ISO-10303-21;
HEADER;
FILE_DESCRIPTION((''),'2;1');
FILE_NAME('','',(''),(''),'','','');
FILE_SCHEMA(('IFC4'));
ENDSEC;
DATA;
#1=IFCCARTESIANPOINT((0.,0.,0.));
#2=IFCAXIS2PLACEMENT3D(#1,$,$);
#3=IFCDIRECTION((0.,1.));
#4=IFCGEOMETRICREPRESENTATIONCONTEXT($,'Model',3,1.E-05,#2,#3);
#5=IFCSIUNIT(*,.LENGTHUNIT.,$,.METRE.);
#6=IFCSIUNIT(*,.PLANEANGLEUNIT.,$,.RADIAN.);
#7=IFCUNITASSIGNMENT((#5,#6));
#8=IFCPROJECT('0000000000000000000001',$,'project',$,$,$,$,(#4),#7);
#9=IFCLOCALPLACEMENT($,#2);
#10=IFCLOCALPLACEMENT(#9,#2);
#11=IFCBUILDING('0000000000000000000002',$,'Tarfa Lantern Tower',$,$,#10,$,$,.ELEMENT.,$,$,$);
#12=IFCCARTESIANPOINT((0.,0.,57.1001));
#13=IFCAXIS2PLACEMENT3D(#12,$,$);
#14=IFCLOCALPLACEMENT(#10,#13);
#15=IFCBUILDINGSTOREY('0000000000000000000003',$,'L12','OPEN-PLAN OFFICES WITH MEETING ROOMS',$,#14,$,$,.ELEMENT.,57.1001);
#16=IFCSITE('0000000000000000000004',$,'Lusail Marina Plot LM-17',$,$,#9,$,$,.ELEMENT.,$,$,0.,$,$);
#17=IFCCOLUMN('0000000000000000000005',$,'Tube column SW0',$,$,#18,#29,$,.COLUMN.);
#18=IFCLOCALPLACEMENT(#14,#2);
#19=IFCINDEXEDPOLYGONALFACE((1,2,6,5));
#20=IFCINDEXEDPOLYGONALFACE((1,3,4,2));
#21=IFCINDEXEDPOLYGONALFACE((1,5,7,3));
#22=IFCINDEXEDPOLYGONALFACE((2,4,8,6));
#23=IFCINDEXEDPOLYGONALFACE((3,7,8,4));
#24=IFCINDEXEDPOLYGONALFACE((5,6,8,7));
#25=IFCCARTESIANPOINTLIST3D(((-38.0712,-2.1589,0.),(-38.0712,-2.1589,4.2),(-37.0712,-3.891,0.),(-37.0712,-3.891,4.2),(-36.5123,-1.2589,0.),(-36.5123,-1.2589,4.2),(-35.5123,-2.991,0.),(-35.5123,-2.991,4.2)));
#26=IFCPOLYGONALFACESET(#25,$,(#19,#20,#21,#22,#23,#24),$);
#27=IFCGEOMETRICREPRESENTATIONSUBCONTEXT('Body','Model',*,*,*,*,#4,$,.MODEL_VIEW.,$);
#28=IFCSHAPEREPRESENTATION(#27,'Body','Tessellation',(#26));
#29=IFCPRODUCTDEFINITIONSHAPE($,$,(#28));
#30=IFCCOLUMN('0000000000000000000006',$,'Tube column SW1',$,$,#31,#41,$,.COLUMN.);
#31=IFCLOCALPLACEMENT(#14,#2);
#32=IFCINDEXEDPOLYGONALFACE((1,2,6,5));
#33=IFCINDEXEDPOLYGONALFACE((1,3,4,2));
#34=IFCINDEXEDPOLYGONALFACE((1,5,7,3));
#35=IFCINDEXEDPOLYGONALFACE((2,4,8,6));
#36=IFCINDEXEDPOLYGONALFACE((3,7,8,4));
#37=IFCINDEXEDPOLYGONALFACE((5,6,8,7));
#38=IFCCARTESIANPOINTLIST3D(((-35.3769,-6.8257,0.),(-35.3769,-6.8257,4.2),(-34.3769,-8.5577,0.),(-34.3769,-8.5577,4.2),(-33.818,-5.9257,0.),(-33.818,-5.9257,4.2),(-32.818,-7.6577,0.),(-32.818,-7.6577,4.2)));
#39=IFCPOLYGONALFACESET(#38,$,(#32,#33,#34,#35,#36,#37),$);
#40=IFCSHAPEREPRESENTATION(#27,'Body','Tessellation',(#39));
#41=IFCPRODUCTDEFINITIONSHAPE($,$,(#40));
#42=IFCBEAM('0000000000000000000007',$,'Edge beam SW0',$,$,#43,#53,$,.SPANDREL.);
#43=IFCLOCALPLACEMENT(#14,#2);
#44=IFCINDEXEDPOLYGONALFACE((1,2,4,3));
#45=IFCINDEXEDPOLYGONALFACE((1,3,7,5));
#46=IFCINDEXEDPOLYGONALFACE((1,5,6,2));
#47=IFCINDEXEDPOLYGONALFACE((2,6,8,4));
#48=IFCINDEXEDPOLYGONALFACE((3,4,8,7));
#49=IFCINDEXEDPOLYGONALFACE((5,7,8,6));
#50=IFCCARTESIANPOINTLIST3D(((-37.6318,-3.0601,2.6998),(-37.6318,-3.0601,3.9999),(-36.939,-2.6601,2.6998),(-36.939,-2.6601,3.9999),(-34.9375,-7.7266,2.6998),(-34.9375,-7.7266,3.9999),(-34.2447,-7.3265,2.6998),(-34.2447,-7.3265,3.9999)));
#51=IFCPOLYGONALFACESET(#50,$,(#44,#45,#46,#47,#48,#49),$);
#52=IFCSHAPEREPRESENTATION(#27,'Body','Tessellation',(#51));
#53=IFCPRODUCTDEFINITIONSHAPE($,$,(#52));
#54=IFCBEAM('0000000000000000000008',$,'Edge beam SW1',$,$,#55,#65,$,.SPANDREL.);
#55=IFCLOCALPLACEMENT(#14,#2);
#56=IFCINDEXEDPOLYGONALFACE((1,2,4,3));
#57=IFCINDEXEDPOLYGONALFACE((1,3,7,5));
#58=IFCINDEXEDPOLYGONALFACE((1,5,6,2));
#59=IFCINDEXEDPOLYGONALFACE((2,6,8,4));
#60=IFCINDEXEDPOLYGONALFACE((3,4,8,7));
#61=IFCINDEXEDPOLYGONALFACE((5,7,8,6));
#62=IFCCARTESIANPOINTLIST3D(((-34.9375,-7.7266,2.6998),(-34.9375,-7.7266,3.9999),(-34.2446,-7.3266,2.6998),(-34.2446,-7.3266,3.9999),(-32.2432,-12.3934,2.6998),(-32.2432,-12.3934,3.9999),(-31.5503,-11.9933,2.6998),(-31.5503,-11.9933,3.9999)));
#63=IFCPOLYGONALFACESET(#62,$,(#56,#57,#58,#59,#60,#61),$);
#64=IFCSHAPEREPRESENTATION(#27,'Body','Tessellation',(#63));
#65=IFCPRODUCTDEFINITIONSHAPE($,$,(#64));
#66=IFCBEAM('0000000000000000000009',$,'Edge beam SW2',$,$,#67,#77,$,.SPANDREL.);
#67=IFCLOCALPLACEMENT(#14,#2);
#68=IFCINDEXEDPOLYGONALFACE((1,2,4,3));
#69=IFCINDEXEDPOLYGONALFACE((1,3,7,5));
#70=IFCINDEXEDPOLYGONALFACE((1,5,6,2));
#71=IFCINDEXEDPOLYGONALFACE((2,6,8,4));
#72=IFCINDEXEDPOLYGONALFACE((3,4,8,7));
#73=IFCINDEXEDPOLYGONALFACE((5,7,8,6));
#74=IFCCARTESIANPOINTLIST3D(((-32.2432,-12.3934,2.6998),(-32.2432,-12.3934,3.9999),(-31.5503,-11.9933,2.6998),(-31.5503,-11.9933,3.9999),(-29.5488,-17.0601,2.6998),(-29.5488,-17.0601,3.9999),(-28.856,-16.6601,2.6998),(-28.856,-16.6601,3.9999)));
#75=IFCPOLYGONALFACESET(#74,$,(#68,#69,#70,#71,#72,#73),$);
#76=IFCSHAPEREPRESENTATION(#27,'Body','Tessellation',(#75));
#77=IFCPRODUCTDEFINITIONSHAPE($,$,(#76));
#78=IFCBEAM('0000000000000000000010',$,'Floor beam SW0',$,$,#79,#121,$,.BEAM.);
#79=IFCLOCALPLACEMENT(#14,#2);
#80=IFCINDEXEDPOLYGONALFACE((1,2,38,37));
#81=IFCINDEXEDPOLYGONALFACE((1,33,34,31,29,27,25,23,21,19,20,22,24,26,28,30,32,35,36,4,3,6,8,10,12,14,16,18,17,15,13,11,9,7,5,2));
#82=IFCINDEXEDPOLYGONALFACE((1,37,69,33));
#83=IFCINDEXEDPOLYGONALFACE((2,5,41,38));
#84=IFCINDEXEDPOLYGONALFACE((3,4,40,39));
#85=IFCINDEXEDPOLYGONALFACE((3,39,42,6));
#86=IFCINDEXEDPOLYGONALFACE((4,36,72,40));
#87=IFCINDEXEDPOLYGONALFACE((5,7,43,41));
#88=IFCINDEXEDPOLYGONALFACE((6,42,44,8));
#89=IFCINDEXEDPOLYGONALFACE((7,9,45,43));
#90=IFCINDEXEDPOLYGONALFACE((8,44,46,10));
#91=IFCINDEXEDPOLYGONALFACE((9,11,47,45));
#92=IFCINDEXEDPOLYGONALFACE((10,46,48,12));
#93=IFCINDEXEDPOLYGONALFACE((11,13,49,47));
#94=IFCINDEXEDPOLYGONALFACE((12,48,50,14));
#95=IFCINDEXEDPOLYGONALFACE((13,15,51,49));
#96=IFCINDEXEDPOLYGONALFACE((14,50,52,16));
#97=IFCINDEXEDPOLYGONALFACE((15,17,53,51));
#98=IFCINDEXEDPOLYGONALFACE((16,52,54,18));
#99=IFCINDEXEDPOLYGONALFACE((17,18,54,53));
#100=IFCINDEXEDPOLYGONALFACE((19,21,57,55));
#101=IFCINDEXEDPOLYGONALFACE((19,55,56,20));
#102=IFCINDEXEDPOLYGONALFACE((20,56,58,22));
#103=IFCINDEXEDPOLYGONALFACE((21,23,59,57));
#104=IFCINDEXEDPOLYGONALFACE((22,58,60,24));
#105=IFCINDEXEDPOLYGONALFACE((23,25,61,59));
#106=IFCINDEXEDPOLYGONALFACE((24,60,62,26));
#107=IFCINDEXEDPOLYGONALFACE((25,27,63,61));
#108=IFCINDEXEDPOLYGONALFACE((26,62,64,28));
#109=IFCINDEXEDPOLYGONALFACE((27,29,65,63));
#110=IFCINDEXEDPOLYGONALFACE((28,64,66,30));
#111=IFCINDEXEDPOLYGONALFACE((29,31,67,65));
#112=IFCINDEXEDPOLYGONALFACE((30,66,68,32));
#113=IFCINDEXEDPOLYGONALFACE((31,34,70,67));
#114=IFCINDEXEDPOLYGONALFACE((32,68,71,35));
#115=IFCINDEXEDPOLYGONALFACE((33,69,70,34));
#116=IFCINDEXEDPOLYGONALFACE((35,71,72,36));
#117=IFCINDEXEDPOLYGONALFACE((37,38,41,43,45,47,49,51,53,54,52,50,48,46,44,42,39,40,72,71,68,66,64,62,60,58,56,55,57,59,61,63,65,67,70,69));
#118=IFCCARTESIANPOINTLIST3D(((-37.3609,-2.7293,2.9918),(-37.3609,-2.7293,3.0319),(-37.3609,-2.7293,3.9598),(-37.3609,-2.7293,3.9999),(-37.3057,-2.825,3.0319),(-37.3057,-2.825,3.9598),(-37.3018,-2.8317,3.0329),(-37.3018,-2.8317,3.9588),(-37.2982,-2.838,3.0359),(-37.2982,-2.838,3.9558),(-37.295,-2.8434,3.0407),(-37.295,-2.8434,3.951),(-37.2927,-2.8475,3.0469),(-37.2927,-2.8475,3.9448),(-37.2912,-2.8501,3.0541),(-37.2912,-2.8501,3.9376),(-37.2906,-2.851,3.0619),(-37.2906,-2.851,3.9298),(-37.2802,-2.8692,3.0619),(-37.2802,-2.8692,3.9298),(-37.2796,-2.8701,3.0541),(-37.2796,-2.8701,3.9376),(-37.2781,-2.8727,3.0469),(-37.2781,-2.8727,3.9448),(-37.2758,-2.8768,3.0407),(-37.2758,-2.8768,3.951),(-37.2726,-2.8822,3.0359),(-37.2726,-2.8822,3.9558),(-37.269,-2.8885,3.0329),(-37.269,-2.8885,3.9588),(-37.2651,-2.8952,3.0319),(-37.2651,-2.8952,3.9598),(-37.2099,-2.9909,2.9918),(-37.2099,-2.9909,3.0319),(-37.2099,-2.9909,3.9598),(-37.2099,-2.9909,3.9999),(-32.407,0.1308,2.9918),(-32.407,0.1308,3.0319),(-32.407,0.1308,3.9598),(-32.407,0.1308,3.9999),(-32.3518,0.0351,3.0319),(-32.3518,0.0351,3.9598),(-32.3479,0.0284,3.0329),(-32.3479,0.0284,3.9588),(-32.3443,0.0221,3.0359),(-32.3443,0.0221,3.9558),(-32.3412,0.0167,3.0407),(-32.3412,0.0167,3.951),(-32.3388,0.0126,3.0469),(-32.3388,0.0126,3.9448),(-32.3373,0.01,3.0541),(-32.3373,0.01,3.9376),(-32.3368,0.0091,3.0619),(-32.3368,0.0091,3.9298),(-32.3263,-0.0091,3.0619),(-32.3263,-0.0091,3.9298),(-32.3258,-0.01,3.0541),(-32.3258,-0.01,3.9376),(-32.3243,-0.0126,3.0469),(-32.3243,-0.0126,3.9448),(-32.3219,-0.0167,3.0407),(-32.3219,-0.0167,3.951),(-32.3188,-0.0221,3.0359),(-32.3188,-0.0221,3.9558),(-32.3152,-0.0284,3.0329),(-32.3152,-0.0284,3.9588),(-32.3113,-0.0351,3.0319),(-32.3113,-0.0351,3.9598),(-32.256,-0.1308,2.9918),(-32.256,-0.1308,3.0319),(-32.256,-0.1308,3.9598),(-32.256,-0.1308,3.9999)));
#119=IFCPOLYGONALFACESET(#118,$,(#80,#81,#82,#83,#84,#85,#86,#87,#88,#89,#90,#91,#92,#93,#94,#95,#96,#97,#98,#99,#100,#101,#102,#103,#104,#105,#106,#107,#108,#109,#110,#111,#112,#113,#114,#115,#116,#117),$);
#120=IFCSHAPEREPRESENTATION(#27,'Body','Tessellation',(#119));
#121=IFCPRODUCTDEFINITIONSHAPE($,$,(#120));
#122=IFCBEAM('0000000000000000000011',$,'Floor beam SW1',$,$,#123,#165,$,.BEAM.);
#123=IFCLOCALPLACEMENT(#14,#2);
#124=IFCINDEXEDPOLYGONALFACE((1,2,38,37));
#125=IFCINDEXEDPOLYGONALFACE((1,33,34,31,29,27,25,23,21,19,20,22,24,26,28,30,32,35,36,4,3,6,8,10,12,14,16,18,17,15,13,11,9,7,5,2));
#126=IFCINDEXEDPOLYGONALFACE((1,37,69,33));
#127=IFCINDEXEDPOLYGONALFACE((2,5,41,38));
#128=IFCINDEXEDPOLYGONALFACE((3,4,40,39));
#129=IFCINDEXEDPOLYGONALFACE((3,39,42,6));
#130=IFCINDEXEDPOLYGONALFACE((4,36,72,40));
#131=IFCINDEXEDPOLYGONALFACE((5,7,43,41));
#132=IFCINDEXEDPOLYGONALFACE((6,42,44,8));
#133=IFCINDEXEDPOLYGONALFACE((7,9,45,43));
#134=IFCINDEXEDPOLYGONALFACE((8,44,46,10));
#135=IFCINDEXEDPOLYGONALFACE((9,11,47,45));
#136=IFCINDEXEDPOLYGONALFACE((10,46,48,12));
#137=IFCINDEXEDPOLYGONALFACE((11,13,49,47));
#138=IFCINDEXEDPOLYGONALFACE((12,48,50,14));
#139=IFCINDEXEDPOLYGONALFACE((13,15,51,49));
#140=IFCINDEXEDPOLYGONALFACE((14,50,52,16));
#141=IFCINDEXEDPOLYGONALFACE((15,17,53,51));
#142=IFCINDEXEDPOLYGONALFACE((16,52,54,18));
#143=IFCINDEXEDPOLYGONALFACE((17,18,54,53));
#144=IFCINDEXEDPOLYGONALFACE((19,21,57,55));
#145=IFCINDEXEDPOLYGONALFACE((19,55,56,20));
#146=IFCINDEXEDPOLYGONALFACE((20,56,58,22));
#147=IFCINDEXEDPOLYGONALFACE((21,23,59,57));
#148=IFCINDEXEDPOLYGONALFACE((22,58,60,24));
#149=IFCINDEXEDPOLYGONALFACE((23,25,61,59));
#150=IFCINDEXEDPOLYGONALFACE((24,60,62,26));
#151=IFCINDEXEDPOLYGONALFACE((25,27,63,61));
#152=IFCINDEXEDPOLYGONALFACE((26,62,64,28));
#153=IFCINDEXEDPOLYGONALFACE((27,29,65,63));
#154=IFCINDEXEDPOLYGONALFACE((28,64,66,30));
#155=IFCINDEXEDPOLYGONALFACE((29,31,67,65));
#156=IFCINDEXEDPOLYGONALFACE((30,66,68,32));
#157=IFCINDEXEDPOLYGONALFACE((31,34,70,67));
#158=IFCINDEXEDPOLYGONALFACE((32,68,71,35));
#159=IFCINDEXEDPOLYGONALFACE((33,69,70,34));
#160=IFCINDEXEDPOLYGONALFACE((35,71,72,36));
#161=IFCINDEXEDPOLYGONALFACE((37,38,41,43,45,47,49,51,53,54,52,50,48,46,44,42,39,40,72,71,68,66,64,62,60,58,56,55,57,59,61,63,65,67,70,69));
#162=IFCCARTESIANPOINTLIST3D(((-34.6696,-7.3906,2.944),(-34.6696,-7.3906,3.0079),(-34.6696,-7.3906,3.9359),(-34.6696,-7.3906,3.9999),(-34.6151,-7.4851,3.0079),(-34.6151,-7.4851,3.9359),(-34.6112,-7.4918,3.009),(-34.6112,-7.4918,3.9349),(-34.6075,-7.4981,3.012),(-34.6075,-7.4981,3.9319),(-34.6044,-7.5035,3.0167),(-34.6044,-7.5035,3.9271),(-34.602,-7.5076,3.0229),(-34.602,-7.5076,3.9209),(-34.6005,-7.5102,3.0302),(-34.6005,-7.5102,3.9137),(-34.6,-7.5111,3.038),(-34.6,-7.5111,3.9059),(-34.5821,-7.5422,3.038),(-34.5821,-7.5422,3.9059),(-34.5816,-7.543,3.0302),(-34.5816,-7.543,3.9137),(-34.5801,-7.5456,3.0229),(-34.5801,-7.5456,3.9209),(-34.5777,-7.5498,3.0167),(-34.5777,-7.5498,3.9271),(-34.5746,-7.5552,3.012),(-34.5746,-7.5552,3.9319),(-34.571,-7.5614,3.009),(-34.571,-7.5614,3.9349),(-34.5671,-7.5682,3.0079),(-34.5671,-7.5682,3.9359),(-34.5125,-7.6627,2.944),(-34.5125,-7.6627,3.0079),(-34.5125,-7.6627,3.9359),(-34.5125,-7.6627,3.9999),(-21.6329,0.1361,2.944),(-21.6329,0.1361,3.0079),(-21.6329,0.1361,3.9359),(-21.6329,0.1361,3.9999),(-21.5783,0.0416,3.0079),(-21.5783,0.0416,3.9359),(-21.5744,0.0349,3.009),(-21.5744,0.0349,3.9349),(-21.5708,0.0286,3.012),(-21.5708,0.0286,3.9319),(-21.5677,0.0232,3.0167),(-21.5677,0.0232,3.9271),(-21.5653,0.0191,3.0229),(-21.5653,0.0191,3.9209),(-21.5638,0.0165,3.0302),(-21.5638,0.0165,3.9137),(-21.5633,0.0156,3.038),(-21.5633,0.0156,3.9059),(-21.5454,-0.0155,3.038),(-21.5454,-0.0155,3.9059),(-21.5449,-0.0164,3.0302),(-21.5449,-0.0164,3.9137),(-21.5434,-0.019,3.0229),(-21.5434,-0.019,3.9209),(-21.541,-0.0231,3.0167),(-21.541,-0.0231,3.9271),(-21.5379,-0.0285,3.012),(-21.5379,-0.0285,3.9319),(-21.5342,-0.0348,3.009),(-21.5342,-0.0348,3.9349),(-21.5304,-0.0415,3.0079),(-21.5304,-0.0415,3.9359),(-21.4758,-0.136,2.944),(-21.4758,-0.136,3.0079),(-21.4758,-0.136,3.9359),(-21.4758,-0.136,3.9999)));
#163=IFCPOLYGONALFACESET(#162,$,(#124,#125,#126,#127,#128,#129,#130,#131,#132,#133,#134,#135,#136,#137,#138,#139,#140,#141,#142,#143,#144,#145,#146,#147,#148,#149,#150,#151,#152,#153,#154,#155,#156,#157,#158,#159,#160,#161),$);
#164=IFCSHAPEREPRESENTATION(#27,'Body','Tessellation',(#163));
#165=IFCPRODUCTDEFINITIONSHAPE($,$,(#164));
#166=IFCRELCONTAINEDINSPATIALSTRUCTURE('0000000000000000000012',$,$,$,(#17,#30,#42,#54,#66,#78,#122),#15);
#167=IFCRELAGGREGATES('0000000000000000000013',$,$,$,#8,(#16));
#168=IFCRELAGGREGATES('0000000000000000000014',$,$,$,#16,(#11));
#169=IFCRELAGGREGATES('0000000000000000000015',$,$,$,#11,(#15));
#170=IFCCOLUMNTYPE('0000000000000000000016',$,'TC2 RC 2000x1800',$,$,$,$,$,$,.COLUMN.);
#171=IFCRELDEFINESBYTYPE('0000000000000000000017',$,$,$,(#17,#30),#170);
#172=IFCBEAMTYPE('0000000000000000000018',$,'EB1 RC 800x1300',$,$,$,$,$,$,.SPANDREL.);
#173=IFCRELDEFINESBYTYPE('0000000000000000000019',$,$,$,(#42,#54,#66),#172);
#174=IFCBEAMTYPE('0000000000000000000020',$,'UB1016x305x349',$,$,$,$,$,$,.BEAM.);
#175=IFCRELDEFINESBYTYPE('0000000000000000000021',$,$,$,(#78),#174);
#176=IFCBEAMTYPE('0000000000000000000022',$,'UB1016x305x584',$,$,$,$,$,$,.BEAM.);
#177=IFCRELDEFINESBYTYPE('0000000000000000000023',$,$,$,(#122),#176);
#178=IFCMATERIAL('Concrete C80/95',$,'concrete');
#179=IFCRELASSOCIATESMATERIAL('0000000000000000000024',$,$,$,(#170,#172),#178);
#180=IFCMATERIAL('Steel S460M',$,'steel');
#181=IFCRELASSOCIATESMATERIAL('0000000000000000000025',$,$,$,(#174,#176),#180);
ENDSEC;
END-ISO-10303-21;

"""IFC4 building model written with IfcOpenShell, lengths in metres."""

from ifc_helpers import new_model, si_unit, direction, frame, origin, origin_2d, place, context, subcontext, project, spatial, rectangle, i_section, extrude, material, material_profile, profile_set, type_object, element, save


model = new_model("IFC4")

# Units and contexts
model_context = context("Model", 3, precision=1e-05, world=origin(), true_north=direction((0.0, 1.0)))
body_context = subcontext(model_context, "Body", "Model", "MODEL_VIEW")
ifc_project = project(units=[si_unit("LENGTHUNIT", "METRE"), si_unit("PLANEANGLEUNIT", "RADIAN")], contexts=[model_context])

# Site, building, storey
site_placement = place(None, origin())
site = spatial("IfcSite", under=ifc_project, at=site_placement, Name="Lusail Marina Plot LM-17", CompositionType="ELEMENT", RefElevation=0.0)
building_placement = place(site_placement, origin())
building = spatial("IfcBuilding", under=site, at=building_placement, Name="Tarfa Lantern Tower", CompositionType="ELEMENT")
storey_placement = place(building_placement, frame((0.0, 0.0, 57.1001)))
storey = spatial("IfcBuildingStorey", under=building, at=storey_placement, Name="L12", Description="OPEN-PLAN OFFICES WITH MEETING ROOMS", CompositionType="ELEMENT", Elevation=57.1001)

# Columns
ifc_material_1 = material(Name="Concrete C80/95", Category="concrete")
ifc_material_profile_1 = material_profile(ifc_material_1, rectangle(XDim=2.0, YDim=1.8, at=origin_2d()), Name="RC 2000x1800")
ifc_profile_set_1 = profile_set([ifc_material_profile_1], Name="Concrete C80/95")
column_type = type_object("IfcColumnType", Name="TC2 RC 2000x1800", PredefinedType="COLUMN", material=ifc_profile_set_1)
for number, where, z_axis, x_axis, name in (
    (1, (-36.7917, -2.575, 0.0), (0.0, 0.0, 1.0), (0.5, -0.866025, 0.0), "Tube column SW0"),
    (2, (-34.0974, -7.2417, 0.0), (0.0, 0.0, 1.0), (0.5, -0.866025, 0.0), "Tube column SW1"),
):
    element("IfcColumn", number, at=place(storey_placement, frame(where, z_axis=z_axis, x_axis=x_axis)), inside=storey, type_object=column_type, Name=name, PredefinedType="COLUMN", context=body_context, shape_type="SweptSolid", body=[
        extrude(rectangle(XDim=2.0, YDim=1.8, at=origin_2d()), origin(), (0.0, 0.0, 1.0), 4.2),
    ])

# Beams
ifc_material_profile_2 = material_profile(ifc_material_1, rectangle(XDim=0.8, YDim=1.3, at=origin_2d()), Name="RC 800x1300")
ifc_profile_set_2 = profile_set([ifc_material_profile_2], Name="Concrete C80/95")
beam_type_1 = type_object("IfcBeamType", Name="EB1 RC 800x1300", PredefinedType="SPANDREL", material=ifc_profile_set_2)
beam_1_placement = place(storey_placement, frame((-37.2854, -2.8601, 3.3499), z_axis=(0.500018, -0.866015, 0.0), x_axis=(0.866015, 0.500018, 0.0)))
element("IfcBeam", 3, at=beam_1_placement, inside=storey, type_object=beam_type_1, Name="Edge beam SW0", PredefinedType="SPANDREL", context=body_context, shape_type="SweptSolid", body=[
    extrude(rectangle(XDim=0.8, YDim=1.3, at=origin_2d()), origin(), (0.0, 0.0, 1.0), 5.3884),
])
for number, where, z_axis, x_axis, name in (
    (4, (-34.5911, -7.5266, 3.3499), (0.499998, -0.866026, 0.0), (0.866026, 0.499998, 0.0), "Edge beam SW1"),
    (5, (-31.8967, -12.1934, 3.3499), (0.499998, -0.866026, 0.0), (0.866026, 0.499998, 0.0), "Edge beam SW2"),
):
    element("IfcBeam", number, at=place(storey_placement, frame(where, z_axis=z_axis, x_axis=x_axis)), inside=storey, type_object=beam_type_1, Name=name, PredefinedType="SPANDREL", context=body_context, shape_type="SweptSolid", body=[
        extrude(rectangle(XDim=0.8, YDim=1.3, at=origin_2d()), origin(), (0.0, 0.0, 1.0), 5.3887),
    ])
ifc_material_2 = material(Name="Steel S460M", Category="steel")
ifc_material_profile_3 = material_profile(ifc_material_2, i_section(OverallWidth=0.302, OverallDepth=1.0081, WebThickness=0.021, FlangeThickness=0.04, FilletRadius=0.03, at=origin_2d()), Name="UB1016x305x349")
ifc_profile_set_3 = profile_set([ifc_material_profile_3], Name="Steel S460M")
beam_type_2 = type_object("IfcBeamType", Name="UB1016x305x349", PredefinedType="BEAM", material=ifc_profile_set_3)
beam_2_placement = place(storey_placement, frame((-37.2854, -2.8601, 3.4958), z_axis=(0.866026, 0.5, 0.0), x_axis=(-0.5, 0.866026, 0.0)))
element("IfcBeam", 6, at=beam_2_placement, inside=storey, type_object=beam_type_2, Name="Floor beam SW0", PredefinedType="BEAM", context=body_context, shape_type="SweptSolid", body=[
    extrude(i_section(OverallWidth=0.302, OverallDepth=1.0081, WebThickness=0.021, FlangeThickness=0.04, FilletRadius=0.03, at=origin_2d()), origin(), (0.0, 0.0, 1.0), 5.7202),
])
ifc_material_profile_4 = material_profile(ifc_material_2, i_section(OverallWidth=0.3142, OverallDepth=1.0559, WebThickness=0.0359, FlangeThickness=0.064, FilletRadius=0.03, at=origin_2d()), Name="UB1016x305x584")
ifc_profile_set_4 = profile_set([ifc_material_profile_4], Name="Steel S460M")
beam_type_3 = type_object("IfcBeamType", Name="UB1016x305x584", PredefinedType="BEAM", material=ifc_profile_set_4)
beam_3_placement = place(storey_placement, frame((-34.5911, -7.5266, 3.4719), z_axis=(0.866028, 0.499996, 0.0), x_axis=(-0.499996, 0.866028, 0.0)))
element("IfcBeam", 7, at=beam_3_placement, inside=storey, type_object=beam_type_3, Name="Floor beam SW1", PredefinedType="BEAM", context=body_context, shape_type="SweptSolid", body=[
    extrude(i_section(OverallWidth=0.3142, OverallDepth=1.0559, WebThickness=0.0359, FlangeThickness=0.064, FilletRadius=0.03, at=origin_2d()), origin(), (0.0, 0.0, 1.0), 15.0535),
])

save(model, "model.ifc")
